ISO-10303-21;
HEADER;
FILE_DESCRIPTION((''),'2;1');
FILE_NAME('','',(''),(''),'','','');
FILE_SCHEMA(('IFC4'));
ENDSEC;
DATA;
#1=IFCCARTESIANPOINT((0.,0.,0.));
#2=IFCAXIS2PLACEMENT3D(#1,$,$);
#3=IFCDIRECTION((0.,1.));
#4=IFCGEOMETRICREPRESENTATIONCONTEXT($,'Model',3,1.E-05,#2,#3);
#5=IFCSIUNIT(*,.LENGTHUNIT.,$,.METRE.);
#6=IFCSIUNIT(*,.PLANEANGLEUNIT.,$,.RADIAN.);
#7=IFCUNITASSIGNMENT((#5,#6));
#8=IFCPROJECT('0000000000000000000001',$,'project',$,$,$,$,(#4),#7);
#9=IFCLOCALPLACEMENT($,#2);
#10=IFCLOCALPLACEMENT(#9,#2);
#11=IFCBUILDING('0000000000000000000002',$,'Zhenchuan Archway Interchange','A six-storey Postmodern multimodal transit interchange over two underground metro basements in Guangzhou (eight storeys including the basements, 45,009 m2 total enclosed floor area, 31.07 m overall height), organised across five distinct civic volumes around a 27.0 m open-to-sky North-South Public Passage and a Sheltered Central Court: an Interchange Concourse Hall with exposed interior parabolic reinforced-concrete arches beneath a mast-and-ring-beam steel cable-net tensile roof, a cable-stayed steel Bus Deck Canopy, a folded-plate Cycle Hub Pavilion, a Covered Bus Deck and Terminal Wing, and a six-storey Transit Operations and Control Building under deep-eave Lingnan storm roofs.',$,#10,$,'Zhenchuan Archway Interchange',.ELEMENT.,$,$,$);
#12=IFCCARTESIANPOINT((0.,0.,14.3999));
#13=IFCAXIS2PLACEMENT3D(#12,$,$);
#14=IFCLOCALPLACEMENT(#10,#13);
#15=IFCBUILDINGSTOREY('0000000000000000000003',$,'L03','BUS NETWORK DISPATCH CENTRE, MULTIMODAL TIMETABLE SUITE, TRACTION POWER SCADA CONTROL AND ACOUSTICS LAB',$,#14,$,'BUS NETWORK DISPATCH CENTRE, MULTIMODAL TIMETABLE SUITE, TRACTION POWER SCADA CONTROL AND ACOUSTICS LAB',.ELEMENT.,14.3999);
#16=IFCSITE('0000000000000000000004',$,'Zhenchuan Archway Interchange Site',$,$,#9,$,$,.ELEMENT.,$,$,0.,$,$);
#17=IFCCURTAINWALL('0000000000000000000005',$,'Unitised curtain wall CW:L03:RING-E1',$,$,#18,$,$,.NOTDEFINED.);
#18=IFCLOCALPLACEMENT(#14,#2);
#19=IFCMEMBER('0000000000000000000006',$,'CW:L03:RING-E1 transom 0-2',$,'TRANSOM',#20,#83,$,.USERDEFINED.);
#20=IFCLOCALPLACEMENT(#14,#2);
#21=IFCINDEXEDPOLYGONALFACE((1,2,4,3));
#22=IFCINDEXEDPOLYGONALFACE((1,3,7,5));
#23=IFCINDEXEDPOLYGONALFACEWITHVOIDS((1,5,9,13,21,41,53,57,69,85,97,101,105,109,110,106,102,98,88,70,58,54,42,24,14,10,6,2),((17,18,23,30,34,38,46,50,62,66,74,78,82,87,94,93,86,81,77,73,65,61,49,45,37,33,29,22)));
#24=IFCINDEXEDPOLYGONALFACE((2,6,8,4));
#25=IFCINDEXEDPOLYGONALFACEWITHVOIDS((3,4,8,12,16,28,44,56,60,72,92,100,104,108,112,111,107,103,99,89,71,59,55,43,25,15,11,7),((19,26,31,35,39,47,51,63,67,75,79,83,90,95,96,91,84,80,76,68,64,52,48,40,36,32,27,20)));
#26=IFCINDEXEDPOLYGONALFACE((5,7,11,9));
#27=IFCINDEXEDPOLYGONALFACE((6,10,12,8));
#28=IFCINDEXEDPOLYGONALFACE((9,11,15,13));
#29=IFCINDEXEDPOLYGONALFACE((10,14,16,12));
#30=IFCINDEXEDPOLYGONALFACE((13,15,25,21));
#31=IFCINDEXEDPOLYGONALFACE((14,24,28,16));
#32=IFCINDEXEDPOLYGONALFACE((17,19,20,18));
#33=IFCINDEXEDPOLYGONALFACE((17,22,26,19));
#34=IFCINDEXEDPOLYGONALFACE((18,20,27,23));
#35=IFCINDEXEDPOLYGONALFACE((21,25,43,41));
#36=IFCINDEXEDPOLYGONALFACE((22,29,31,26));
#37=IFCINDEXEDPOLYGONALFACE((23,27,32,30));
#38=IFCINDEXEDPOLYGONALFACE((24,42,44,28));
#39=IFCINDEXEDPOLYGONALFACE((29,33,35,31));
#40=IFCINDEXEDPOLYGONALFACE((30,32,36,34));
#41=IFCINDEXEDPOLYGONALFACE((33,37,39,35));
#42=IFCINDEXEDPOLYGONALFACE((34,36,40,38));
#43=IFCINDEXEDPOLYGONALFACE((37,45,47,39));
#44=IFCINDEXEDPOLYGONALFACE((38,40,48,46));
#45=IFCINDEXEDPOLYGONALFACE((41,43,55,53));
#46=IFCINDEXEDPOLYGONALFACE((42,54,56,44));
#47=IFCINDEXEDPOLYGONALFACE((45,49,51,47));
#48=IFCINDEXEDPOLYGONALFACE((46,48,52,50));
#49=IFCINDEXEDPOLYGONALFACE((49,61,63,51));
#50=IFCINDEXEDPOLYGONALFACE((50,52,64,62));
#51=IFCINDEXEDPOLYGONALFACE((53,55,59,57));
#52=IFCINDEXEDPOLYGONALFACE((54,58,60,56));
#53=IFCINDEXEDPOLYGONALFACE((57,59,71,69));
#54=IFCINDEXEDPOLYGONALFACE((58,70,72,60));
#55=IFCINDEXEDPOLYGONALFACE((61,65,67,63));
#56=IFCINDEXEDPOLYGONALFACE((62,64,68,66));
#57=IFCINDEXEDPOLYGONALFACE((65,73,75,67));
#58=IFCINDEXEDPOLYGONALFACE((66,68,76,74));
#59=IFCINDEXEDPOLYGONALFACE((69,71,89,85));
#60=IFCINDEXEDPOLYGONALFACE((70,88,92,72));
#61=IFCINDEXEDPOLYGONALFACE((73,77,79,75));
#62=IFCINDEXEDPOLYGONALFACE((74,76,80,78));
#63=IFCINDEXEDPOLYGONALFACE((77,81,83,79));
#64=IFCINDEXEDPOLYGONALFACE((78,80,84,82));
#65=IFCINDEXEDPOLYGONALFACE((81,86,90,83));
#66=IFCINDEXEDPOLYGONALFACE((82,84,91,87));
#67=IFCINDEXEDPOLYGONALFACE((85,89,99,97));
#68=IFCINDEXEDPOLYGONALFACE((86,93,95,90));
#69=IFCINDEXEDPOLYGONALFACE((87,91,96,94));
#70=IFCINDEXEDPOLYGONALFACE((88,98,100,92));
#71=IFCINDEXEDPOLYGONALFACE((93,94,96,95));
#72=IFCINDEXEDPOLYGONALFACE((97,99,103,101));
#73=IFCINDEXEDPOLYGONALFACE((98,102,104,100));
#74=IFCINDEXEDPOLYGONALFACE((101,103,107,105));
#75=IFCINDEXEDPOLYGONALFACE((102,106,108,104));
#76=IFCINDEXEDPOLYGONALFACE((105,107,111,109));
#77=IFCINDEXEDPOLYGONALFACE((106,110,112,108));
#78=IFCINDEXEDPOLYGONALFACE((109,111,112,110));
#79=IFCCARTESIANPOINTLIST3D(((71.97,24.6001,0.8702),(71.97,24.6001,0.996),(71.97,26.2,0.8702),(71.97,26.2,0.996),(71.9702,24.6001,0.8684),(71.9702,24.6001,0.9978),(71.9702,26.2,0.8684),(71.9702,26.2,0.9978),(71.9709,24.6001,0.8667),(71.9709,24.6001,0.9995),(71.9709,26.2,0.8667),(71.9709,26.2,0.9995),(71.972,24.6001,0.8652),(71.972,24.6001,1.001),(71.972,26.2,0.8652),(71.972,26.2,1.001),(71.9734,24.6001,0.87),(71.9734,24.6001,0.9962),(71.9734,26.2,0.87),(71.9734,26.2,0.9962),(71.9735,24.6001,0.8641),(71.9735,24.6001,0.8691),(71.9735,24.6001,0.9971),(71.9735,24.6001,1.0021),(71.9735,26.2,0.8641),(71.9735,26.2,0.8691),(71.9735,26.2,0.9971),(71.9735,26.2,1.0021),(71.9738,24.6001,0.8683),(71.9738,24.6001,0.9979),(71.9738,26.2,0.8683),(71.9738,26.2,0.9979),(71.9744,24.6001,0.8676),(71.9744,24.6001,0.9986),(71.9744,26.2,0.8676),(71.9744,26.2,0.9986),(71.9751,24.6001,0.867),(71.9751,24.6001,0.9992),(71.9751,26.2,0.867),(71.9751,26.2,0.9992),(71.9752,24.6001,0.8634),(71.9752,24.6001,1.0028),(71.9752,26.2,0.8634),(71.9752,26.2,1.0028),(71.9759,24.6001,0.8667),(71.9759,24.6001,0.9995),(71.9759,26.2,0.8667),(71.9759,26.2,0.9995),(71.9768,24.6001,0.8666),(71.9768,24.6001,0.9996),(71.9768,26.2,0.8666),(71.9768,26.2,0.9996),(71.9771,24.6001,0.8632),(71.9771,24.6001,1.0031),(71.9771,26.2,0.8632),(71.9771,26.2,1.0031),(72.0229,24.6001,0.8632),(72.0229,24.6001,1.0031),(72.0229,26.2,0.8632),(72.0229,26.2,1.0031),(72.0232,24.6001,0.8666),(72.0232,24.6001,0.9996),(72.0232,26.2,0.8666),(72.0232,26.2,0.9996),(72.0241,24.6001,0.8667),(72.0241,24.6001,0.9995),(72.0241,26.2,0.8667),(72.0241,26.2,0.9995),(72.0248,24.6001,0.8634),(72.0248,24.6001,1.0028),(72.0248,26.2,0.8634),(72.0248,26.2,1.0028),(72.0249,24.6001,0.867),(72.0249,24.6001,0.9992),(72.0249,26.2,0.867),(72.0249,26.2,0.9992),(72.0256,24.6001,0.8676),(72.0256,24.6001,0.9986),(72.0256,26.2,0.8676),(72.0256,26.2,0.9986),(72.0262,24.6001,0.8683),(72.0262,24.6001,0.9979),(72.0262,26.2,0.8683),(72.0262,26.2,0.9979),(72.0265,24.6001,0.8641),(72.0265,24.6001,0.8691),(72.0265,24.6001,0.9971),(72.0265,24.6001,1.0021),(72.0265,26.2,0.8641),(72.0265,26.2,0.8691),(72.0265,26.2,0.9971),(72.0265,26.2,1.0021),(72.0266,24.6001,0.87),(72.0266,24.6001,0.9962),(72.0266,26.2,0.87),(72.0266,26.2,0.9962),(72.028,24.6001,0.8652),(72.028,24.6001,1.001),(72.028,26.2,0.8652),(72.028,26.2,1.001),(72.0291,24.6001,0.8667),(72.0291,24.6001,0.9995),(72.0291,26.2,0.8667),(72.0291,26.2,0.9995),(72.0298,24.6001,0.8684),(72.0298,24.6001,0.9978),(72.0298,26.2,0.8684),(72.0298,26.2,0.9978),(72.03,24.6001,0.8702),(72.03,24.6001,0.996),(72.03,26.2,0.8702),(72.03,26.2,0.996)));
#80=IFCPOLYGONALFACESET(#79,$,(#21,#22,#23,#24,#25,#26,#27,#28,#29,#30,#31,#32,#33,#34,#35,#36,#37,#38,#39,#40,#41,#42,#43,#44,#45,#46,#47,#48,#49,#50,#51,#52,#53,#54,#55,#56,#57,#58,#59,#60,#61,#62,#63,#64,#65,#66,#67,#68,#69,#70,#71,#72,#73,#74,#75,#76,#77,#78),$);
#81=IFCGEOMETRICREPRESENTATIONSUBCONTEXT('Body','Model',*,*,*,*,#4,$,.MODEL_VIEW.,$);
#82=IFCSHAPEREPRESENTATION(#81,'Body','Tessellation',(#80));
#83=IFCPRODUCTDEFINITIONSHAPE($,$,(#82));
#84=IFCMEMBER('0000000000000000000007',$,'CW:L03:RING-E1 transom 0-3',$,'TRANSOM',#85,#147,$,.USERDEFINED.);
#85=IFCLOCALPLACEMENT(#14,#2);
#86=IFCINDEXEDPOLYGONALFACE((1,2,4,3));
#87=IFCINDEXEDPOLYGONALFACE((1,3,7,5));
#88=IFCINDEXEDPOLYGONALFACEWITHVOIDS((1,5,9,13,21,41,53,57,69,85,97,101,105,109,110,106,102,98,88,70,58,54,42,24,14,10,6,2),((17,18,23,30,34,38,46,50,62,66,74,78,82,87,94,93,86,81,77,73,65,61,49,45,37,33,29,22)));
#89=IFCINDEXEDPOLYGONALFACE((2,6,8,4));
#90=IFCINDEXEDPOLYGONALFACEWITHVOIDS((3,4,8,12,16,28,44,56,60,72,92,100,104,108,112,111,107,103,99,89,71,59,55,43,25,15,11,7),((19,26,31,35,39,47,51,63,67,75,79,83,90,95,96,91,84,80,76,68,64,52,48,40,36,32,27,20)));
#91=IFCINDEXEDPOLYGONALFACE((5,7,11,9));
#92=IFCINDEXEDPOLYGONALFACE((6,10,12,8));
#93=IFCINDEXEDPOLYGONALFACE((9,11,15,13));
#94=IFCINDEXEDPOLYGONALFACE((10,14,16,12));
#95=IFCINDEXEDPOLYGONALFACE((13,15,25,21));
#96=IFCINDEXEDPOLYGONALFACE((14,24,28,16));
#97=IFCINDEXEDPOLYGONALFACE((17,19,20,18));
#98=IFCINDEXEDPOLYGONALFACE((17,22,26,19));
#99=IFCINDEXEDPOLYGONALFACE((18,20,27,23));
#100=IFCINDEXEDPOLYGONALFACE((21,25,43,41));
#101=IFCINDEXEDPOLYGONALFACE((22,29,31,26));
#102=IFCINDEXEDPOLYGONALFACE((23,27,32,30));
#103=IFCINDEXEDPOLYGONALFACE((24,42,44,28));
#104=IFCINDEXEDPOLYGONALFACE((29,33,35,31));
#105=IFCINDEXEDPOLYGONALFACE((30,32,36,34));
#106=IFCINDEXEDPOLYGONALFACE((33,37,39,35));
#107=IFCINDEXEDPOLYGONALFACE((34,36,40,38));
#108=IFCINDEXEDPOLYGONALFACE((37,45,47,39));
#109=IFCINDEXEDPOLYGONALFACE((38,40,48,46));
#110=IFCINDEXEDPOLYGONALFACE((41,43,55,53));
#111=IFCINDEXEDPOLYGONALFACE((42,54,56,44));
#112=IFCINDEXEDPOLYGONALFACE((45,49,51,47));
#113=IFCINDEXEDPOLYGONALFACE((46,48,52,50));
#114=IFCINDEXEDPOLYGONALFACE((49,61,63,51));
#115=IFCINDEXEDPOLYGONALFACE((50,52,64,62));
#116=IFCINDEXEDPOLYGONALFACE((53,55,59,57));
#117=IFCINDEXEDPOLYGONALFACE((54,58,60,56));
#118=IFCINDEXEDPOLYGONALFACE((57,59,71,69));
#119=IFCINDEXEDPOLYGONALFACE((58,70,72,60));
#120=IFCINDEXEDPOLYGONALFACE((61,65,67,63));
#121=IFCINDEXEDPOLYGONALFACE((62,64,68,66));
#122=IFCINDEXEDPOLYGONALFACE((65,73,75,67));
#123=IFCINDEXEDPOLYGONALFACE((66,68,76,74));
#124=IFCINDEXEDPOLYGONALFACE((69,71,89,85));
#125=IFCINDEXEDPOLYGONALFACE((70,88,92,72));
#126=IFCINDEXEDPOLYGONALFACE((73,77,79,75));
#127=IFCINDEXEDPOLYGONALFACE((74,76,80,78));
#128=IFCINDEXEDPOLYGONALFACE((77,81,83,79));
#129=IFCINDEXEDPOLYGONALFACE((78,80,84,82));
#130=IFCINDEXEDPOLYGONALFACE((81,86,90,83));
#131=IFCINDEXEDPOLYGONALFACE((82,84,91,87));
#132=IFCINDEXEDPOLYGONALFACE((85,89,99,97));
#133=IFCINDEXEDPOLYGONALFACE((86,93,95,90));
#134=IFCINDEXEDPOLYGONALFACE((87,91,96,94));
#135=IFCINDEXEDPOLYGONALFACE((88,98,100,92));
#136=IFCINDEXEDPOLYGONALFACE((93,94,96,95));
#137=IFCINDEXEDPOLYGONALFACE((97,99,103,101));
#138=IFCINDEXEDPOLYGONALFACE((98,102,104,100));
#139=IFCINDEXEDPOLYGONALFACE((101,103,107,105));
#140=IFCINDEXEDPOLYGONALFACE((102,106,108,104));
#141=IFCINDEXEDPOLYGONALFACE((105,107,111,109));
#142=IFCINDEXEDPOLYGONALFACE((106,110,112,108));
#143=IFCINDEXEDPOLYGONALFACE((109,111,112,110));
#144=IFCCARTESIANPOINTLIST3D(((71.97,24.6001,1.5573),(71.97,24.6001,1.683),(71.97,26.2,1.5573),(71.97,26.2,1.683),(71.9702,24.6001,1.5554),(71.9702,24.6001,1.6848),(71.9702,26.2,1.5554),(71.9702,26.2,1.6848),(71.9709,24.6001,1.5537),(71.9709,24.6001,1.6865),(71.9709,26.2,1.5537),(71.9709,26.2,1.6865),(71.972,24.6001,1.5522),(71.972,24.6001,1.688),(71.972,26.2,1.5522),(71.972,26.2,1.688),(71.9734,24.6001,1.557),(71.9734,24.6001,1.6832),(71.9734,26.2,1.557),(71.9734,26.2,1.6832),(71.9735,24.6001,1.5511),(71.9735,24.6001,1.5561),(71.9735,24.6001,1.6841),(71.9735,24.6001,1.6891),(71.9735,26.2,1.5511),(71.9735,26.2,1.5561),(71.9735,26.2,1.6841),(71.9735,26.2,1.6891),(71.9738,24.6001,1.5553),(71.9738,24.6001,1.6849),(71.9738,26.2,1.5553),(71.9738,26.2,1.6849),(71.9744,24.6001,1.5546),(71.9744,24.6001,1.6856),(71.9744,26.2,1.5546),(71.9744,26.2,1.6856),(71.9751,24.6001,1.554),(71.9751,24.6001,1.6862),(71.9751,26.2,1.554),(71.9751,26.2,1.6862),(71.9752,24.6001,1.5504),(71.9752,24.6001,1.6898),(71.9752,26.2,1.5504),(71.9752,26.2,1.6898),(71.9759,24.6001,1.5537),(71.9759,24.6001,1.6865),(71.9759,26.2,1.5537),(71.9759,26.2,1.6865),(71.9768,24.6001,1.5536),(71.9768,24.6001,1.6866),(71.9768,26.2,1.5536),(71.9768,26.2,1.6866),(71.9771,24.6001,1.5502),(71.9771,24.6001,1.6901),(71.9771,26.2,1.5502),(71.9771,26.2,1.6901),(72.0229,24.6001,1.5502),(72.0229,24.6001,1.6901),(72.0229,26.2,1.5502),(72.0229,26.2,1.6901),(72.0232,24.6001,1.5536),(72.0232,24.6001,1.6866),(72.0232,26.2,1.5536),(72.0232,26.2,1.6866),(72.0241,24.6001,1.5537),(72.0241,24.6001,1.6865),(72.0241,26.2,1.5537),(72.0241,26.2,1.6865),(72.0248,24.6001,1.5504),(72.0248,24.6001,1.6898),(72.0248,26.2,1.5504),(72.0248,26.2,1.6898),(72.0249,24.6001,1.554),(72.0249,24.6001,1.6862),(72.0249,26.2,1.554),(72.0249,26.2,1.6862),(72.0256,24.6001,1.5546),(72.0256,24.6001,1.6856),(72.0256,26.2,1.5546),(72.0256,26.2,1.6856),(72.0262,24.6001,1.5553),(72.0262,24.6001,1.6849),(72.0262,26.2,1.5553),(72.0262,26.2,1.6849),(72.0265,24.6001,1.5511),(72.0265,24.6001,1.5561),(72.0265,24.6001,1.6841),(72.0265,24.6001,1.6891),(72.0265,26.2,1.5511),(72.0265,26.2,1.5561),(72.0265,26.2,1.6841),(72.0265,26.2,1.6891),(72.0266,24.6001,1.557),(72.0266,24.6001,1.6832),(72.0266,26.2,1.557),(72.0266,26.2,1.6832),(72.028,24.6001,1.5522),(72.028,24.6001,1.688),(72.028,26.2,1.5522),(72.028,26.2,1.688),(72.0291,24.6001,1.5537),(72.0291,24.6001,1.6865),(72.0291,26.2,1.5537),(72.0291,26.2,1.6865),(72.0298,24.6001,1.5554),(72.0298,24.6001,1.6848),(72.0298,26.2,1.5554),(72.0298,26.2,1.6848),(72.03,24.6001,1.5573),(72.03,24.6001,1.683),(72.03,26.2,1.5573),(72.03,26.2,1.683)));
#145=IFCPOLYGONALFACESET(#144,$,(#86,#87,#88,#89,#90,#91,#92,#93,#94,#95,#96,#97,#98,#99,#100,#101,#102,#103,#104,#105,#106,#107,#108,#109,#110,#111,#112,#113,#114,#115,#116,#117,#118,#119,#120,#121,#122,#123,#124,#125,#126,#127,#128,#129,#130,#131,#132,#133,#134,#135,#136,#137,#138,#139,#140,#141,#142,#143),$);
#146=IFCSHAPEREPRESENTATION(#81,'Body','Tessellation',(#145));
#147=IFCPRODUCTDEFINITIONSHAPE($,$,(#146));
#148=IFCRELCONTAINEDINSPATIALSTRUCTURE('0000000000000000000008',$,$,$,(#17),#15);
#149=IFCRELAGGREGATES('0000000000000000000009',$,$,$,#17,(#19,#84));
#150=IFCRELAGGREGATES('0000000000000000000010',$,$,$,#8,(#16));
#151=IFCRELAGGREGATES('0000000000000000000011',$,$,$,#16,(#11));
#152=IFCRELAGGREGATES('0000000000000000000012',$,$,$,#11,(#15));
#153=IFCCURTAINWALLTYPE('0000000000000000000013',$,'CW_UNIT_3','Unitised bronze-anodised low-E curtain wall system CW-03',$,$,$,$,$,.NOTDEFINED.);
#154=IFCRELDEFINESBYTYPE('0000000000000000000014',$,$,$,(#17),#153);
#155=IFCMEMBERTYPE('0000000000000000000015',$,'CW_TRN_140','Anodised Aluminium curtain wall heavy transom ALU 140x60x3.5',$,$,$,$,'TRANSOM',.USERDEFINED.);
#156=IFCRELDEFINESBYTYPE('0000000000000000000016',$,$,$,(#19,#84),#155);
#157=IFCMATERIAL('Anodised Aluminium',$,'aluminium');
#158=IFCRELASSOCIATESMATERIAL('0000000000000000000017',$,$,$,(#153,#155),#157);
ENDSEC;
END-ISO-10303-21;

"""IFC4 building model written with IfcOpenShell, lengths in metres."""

from ifc_helpers import new_model, si_unit, direction, frame, origin, origin_2d, place, context, subcontext, project, spatial, hollow_rectangle, extrude, material, material_profile, profile_set, type_object, element, aggregate, save


model = new_model("IFC4")

# Units and contexts
model_context = context("Model", 3, precision=1e-05, world=origin(), true_north=direction((0.0, 1.0)))
body_context = subcontext(model_context, "Body", "Model", "MODEL_VIEW")
ifc_project = project(units=[si_unit("LENGTHUNIT", "METRE"), si_unit("PLANEANGLEUNIT", "RADIAN")], contexts=[model_context])

# Site, building, storey
site_placement = place(None, origin())
site = spatial("IfcSite", under=ifc_project, at=site_placement, Name="Zhenchuan Archway Interchange Site", CompositionType="ELEMENT", RefElevation=0.0)
building_placement = place(site_placement, origin())
building = spatial("IfcBuilding", under=site, at=building_placement, Name="Zhenchuan Archway Interchange", Description="A six-storey Postmodern multimodal transit interchange over two underground metro basements in Guangzhou (eight storeys including the basements, 45,009 m2 total enclosed floor area, 31.07 m overall height), organised across five distinct civic volumes around a 27.0 m open-to-sky North-South Public Passage and a Sheltered Central Court: an Interchange Concourse Hall with exposed interior parabolic reinforced-concrete arches beneath a mast-and-ring-beam steel cable-net tensile roof, a cable-stayed steel Bus Deck Canopy, a folded-plate Cycle Hub Pavilion, a Covered Bus Deck and Terminal Wing, and a six-storey Transit Operations and Control Building under deep-eave Lingnan storm roofs.", LongName="Zhenchuan Archway Interchange", CompositionType="ELEMENT")
storey_placement = place(building_placement, frame((0.0, 0.0, 14.3999)))
storey = spatial("IfcBuildingStorey", under=building, at=storey_placement, Name="L03", Description="BUS NETWORK DISPATCH CENTRE, MULTIMODAL TIMETABLE SUITE, TRACTION POWER SCADA CONTROL AND ACOUSTICS LAB", LongName="BUS NETWORK DISPATCH CENTRE, MULTIMODAL TIMETABLE SUITE, TRACTION POWER SCADA CONTROL AND ACOUSTICS LAB", CompositionType="ELEMENT", Elevation=14.3999)

# Curtain wall
ifc_material_1 = material(Name="Anodised Aluminium", Category="aluminium")
curtain_wall_type_1 = type_object("IfcCurtainWallType", Name="CW_UNIT_3", Description="Unitised bronze-anodised low-E curtain wall system CW-03", PredefinedType="NOTDEFINED", material=ifc_material_1)
curtain_wall_1_placement = place(storey_placement, origin())
curtain_wall_1 = element("IfcCurtainWall", 1, at=curtain_wall_1_placement, inside=storey, type_object=curtain_wall_type_1, Name="Unitised curtain wall CW:L03:RING-E1", PredefinedType="NOTDEFINED")

# Members
ifc_material_profile_1 = material_profile(ifc_material_1, hollow_rectangle(XDim=0.0601, YDim=0.1399, WallThickness=0.0034, InnerFilletRadius=0.0034, OuterFilletRadius=0.0071, at=origin_2d()), Name="ALU 140x60x3.5")
ifc_profile_set_1 = profile_set([ifc_material_profile_1], Name="Anodised Aluminium")
member_type_1 = type_object("IfcMemberType", Name="CW_TRN_140", Description="Anodised Aluminium curtain wall heavy transom ALU 140x60x3.5", ElementType="TRANSOM", PredefinedType="USERDEFINED", material=ifc_profile_set_1)
member_1_placement = place(storey_placement, frame((72.0, 24.6001, 0.9331), z_axis=(0.0, 1.0, 0.0), x_axis=(-1.0, 0.0, 0.0)))
member_1 = element("IfcMember", 2, at=member_1_placement, type_object=member_type_1, Name="CW:L03:RING-E1 transom 0-2", ObjectType="TRANSOM", PredefinedType="USERDEFINED", context=body_context, shape_type="SweptSolid", body=[
    extrude(hollow_rectangle(XDim=0.0601, YDim=0.1399, WallThickness=0.0034, InnerFilletRadius=0.0034, OuterFilletRadius=0.0071, at=origin_2d()), origin(), (0.0, 0.0, 1.0), 1.5999),
])
member_2_placement = place(storey_placement, frame((72.0, 24.6001, 1.6201), z_axis=(0.0, 1.0, 0.0), x_axis=(-1.0, 0.0, 0.0)))
member_2 = element("IfcMember", 3, at=member_2_placement, type_object=member_type_1, Name="CW:L03:RING-E1 transom 0-3", ObjectType="TRANSOM", PredefinedType="USERDEFINED", context=body_context, shape_type="SweptSolid", body=[
    extrude(hollow_rectangle(XDim=0.0601, YDim=0.1399, WallThickness=0.0034, InnerFilletRadius=0.0034, OuterFilletRadius=0.0071, at=origin_2d()), origin(), (0.0, 0.0, 1.0), 1.5999),
])

aggregate(curtain_wall_1, [member_1, member_2])

save(model, "model.ifc")
